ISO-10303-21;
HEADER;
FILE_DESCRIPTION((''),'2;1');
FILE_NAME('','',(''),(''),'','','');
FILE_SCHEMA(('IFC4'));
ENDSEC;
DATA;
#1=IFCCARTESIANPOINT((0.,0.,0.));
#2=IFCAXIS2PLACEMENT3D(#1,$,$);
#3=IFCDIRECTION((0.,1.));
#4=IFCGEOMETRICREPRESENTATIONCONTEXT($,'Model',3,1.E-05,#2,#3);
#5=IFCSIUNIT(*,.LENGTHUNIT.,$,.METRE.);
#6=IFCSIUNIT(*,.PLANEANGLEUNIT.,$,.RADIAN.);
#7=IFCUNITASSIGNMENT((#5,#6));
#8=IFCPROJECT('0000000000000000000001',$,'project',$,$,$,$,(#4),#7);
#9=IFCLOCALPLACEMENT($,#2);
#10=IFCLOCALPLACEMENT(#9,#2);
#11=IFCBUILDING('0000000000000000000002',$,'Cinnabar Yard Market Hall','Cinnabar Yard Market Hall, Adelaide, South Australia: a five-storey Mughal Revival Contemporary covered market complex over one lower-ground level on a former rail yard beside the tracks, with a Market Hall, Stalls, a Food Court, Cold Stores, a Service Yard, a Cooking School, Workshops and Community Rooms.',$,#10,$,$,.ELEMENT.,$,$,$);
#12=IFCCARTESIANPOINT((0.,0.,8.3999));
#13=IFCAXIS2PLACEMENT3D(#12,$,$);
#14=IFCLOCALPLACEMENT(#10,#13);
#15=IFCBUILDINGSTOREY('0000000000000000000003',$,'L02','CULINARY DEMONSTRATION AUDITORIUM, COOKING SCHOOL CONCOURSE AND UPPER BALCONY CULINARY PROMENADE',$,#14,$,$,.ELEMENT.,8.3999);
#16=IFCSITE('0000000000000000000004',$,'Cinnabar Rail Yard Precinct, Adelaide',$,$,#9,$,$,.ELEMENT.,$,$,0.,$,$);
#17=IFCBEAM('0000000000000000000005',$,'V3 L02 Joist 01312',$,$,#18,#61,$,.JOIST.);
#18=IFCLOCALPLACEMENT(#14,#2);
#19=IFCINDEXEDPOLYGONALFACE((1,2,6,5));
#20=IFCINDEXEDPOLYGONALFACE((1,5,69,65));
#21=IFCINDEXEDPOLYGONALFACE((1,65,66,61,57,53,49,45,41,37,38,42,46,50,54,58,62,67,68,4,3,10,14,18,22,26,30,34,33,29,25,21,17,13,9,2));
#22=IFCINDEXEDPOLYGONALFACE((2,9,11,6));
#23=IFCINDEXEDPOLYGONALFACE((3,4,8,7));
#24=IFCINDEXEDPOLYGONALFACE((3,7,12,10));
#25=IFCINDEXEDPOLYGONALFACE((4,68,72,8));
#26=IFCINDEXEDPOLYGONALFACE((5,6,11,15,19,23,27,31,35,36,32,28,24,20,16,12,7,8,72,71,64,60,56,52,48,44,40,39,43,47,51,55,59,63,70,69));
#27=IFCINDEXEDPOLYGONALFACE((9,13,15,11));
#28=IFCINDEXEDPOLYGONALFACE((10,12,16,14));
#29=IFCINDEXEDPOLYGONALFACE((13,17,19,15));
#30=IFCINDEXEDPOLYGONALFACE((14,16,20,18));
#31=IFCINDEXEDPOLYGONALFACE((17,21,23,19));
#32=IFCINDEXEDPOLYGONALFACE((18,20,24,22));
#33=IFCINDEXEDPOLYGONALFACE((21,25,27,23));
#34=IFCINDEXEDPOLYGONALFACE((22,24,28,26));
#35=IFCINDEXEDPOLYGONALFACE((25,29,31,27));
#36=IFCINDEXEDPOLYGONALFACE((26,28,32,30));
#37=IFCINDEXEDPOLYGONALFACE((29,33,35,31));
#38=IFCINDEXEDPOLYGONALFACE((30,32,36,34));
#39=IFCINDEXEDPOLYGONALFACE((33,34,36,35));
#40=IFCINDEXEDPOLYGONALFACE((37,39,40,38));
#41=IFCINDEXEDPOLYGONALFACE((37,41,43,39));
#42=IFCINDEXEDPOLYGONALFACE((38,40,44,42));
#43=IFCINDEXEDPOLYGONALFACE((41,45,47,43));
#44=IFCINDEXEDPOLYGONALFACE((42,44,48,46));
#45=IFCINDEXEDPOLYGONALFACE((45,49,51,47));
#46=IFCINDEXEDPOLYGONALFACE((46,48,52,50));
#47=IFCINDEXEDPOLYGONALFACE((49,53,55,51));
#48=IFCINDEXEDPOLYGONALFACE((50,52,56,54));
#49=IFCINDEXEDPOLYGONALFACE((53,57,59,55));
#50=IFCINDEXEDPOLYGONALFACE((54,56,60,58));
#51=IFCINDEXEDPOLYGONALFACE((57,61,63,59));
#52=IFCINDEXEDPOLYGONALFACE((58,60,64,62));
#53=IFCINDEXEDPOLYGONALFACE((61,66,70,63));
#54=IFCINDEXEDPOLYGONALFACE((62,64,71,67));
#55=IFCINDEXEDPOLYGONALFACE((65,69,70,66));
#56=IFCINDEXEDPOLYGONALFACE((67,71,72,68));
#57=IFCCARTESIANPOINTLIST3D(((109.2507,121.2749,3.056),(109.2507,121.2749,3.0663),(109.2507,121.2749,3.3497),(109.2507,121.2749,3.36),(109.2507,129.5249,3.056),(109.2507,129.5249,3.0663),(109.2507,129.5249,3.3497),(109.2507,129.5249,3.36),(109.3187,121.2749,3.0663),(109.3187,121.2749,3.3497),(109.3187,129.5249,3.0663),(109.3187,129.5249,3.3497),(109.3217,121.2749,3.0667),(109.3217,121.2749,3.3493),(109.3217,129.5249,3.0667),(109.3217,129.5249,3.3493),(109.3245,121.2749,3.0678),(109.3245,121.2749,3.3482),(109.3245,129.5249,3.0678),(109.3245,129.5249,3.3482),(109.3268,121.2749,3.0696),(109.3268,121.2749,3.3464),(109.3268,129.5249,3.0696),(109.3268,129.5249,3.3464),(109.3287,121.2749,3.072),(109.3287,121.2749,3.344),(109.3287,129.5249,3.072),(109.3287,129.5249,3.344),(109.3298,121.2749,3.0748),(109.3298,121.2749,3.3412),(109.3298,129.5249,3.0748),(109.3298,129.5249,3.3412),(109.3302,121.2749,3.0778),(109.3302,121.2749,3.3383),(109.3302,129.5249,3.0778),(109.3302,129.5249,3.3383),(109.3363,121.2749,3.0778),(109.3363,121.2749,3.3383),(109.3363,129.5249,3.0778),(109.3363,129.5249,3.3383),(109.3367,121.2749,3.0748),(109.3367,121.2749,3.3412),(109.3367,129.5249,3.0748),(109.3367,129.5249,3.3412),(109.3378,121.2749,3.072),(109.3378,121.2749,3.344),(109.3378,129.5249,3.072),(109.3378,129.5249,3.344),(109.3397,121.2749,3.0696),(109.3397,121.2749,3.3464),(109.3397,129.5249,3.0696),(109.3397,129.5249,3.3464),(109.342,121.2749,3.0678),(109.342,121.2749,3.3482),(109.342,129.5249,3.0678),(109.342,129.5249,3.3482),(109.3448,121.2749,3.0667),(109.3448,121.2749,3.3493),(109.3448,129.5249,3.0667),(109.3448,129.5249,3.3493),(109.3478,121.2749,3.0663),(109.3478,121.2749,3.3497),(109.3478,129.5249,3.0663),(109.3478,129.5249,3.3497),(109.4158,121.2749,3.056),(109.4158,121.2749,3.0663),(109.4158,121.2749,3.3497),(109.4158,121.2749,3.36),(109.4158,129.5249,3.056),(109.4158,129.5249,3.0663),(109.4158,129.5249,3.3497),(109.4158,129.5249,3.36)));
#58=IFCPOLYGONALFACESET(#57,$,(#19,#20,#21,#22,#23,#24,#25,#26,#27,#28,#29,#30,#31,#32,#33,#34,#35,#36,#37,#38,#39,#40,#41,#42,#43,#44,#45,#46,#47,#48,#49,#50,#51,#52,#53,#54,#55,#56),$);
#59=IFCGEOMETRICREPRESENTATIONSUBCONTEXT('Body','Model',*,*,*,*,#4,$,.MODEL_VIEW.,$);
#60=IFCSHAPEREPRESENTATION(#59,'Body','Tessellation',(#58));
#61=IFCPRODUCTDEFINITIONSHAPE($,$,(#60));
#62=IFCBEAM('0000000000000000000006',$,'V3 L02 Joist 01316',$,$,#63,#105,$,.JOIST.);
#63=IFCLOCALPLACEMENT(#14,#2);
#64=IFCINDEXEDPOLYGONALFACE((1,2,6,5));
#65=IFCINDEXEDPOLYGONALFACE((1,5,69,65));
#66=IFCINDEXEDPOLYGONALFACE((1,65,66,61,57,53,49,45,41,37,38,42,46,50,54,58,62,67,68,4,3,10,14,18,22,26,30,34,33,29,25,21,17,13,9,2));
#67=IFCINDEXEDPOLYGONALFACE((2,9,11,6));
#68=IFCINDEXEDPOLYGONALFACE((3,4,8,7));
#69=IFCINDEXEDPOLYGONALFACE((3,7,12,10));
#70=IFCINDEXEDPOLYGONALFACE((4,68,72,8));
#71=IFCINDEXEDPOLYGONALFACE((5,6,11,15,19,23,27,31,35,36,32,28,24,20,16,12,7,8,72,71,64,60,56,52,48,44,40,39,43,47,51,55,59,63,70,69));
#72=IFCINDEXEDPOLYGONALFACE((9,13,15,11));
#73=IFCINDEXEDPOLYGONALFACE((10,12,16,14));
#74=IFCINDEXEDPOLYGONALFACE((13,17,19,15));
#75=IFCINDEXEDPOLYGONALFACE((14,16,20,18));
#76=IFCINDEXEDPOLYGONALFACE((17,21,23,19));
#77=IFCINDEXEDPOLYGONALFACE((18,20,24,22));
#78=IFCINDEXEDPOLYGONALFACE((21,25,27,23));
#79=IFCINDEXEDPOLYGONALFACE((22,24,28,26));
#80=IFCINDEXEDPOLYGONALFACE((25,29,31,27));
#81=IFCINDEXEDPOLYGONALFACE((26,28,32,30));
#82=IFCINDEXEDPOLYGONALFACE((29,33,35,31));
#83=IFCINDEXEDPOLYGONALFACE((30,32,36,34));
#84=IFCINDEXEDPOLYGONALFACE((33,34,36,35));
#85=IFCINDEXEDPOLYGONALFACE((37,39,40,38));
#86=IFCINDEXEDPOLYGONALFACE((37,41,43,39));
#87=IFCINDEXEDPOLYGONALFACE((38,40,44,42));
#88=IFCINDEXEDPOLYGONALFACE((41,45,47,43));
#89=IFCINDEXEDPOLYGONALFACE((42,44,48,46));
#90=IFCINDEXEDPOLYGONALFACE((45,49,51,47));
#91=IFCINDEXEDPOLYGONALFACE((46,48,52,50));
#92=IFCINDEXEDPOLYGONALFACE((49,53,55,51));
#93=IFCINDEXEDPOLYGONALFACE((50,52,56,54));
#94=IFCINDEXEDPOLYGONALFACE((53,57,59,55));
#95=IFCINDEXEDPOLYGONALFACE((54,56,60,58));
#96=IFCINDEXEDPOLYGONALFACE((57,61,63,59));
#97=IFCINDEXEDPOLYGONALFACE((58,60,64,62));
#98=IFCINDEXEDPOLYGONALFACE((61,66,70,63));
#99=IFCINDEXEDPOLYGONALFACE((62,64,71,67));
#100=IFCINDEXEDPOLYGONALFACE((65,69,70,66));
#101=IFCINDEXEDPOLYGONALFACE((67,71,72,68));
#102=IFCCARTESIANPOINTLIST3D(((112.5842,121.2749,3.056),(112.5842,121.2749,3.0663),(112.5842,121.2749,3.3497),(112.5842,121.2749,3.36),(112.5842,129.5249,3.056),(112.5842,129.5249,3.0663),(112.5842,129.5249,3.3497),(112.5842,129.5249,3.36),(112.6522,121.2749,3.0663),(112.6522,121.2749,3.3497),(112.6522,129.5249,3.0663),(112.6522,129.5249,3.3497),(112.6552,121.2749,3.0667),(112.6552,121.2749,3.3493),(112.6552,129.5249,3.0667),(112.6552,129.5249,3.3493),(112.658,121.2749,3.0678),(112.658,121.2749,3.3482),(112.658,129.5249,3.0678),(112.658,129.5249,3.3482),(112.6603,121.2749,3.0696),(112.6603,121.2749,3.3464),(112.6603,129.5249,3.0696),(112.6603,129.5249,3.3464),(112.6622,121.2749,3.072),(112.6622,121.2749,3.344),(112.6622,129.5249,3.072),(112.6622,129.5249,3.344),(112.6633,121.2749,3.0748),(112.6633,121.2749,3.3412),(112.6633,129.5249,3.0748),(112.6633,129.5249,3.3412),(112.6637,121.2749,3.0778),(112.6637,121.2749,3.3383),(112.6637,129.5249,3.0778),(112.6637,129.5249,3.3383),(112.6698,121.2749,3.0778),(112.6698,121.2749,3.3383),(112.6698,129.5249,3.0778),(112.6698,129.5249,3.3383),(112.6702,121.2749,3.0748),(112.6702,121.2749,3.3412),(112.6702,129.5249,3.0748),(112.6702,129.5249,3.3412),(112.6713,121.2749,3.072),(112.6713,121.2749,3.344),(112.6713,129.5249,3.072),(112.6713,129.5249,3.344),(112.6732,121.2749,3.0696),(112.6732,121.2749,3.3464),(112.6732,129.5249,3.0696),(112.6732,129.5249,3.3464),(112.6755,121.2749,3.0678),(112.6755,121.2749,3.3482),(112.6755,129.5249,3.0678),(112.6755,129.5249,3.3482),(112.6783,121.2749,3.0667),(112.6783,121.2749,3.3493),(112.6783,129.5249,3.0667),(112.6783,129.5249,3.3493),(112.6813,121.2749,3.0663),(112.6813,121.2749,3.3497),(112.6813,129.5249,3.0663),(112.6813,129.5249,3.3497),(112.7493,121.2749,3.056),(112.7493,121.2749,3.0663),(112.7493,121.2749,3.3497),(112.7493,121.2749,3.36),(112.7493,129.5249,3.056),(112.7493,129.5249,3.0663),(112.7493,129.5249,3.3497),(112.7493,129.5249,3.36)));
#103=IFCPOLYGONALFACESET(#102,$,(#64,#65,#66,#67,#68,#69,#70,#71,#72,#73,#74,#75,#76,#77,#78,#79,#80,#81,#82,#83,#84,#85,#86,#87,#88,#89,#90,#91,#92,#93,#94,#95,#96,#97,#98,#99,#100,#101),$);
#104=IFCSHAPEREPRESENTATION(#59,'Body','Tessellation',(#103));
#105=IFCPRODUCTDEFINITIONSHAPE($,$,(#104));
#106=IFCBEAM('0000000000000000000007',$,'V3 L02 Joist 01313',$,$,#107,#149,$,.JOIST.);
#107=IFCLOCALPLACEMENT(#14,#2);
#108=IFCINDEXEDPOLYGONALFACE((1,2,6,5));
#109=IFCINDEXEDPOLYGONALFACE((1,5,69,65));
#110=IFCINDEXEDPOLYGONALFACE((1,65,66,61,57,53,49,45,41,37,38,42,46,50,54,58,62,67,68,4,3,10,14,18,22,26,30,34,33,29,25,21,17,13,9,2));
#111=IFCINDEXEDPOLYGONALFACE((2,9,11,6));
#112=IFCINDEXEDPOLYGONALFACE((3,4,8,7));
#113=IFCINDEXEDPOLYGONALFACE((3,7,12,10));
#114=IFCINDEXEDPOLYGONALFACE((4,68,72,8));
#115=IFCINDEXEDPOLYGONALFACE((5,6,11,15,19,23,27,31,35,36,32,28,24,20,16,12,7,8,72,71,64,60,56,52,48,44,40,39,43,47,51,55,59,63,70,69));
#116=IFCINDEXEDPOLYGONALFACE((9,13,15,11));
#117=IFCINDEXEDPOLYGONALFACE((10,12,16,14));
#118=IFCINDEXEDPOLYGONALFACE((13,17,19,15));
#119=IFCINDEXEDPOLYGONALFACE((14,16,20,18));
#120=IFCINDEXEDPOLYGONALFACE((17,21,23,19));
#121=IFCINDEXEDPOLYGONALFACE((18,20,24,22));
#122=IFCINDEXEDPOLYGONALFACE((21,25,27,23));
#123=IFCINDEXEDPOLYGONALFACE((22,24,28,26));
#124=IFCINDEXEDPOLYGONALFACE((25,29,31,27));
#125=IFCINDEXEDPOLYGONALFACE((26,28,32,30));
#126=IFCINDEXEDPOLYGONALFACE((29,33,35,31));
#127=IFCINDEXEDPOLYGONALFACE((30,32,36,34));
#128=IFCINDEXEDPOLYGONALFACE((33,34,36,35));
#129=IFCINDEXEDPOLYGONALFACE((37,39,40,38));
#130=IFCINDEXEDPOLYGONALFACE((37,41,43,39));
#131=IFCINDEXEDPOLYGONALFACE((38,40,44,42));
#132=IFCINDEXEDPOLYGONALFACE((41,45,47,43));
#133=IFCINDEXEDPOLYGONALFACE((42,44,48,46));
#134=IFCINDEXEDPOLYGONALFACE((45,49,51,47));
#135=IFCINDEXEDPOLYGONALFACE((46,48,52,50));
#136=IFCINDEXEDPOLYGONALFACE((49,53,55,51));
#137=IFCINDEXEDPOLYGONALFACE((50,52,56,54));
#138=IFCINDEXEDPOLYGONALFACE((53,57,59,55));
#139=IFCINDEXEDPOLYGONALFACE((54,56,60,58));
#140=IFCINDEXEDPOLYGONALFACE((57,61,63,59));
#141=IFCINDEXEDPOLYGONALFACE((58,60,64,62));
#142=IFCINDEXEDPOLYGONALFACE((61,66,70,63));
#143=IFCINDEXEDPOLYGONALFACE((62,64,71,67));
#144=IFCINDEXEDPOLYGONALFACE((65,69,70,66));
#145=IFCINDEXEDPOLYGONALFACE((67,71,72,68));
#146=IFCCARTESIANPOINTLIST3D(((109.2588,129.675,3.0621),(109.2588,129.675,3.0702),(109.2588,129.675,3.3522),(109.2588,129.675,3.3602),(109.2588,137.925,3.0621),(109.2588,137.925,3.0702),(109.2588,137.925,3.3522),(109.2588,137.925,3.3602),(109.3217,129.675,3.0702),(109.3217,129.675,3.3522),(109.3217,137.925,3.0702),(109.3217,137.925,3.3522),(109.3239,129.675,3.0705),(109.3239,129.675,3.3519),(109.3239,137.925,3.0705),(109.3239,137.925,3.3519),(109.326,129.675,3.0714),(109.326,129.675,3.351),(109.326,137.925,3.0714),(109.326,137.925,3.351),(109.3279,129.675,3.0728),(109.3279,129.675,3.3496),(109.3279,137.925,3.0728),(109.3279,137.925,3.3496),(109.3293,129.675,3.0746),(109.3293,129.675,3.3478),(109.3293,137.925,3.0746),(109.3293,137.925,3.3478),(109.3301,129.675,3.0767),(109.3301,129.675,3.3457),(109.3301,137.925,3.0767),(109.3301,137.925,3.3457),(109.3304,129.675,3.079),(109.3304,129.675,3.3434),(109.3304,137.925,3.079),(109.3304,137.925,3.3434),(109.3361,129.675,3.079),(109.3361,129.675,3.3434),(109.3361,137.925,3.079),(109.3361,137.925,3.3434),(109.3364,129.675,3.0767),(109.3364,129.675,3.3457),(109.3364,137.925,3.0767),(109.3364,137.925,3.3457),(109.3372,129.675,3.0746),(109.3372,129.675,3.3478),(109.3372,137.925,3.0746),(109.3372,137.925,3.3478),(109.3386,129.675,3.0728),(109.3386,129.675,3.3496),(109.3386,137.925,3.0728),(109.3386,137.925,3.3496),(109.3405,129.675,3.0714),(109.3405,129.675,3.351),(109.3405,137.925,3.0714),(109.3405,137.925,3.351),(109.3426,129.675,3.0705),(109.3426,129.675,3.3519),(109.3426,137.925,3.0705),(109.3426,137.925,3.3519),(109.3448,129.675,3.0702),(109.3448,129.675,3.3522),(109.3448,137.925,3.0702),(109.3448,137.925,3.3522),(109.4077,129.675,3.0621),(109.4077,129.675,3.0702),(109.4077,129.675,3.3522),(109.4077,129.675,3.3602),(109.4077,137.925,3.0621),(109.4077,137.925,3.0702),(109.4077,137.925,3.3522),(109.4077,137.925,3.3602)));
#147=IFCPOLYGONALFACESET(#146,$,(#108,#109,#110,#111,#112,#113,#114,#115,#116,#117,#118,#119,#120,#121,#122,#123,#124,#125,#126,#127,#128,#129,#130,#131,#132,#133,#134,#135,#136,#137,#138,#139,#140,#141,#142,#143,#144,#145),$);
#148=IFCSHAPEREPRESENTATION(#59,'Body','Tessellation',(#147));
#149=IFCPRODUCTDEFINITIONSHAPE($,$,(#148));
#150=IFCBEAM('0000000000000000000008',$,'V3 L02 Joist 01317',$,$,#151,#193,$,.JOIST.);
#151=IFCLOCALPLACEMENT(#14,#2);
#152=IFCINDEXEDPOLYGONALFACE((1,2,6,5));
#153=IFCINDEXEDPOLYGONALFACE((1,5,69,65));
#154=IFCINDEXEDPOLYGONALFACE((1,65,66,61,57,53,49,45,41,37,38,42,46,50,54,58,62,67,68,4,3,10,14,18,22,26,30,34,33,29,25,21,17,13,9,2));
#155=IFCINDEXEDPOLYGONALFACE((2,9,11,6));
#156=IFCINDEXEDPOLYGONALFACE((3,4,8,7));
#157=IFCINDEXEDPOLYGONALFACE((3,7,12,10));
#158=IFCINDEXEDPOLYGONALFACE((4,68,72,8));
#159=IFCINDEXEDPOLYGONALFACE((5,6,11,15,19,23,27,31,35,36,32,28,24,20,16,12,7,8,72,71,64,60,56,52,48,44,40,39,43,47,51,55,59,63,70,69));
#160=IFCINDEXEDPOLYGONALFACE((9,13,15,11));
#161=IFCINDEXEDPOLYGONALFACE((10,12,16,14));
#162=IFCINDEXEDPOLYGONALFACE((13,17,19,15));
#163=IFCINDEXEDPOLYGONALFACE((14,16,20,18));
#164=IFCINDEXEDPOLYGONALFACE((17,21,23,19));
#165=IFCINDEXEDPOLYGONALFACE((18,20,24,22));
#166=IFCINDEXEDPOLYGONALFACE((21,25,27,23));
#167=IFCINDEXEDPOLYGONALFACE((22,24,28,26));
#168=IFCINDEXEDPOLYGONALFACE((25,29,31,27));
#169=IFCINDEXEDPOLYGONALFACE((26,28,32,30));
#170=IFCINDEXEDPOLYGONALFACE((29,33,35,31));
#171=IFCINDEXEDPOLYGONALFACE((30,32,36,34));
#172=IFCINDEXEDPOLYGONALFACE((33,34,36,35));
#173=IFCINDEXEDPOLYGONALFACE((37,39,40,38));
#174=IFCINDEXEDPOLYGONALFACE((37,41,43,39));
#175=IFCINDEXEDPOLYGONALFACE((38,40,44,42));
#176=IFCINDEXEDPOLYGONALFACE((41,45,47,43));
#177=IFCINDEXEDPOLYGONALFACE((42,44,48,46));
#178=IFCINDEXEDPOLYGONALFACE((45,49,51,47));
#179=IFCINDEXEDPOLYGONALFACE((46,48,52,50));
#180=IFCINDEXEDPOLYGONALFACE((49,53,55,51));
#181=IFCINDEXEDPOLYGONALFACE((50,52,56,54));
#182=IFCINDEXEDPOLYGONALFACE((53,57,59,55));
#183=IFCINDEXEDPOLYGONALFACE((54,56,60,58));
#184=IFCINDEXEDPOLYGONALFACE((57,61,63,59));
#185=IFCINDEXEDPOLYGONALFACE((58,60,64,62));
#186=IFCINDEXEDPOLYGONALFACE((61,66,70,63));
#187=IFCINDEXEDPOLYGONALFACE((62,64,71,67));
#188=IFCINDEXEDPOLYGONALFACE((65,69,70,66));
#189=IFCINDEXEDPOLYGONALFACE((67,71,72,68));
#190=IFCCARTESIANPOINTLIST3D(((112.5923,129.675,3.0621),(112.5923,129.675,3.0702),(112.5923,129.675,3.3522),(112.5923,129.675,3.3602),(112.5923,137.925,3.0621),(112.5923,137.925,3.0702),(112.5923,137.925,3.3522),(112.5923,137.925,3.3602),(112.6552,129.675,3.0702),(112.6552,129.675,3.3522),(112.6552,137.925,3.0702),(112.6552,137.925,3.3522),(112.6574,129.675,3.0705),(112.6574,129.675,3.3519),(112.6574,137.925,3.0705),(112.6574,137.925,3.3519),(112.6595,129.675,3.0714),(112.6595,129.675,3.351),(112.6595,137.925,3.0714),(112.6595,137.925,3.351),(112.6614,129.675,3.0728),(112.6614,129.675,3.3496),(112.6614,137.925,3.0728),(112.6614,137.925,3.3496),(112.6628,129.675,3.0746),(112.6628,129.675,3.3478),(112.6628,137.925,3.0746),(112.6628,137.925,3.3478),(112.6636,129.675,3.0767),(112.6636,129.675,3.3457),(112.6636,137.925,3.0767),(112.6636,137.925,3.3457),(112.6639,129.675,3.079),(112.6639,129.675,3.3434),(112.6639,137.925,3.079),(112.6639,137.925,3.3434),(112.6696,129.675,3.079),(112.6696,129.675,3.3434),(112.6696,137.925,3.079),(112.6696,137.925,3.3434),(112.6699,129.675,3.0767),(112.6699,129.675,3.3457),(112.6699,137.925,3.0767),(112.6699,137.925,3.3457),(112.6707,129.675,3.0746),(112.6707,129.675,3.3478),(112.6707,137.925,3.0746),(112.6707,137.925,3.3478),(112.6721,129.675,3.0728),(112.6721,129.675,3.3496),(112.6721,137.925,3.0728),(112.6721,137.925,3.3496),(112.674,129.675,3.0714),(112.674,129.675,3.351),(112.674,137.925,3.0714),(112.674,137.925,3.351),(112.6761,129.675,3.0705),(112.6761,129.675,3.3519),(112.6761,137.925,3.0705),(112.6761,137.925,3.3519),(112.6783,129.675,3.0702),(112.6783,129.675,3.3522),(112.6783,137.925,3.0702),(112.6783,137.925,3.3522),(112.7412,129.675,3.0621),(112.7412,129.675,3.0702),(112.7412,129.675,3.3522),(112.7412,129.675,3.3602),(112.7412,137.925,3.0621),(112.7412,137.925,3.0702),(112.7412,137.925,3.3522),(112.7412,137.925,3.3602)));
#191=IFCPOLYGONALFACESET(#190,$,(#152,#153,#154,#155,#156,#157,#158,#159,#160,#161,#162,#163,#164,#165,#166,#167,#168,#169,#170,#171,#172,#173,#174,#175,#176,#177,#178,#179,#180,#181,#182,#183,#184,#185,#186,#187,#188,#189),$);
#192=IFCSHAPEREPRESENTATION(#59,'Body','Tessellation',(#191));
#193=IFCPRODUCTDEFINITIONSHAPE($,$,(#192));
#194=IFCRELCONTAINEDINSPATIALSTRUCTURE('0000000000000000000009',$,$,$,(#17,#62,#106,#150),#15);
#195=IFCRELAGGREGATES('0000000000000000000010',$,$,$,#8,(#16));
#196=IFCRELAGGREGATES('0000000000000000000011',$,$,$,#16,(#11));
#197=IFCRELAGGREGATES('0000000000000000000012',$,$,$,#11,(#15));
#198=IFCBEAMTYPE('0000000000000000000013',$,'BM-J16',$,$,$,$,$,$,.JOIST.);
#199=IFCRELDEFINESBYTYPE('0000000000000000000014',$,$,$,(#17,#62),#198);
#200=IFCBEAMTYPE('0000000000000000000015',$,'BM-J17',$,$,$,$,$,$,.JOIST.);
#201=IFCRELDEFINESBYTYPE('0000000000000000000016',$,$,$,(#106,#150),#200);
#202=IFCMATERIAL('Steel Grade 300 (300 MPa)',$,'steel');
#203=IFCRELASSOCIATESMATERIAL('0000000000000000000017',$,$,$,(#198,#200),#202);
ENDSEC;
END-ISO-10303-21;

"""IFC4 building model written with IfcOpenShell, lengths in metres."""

from ifc_helpers import new_model, si_unit, direction, frame, origin, origin_2d_with_axis, place, context, subcontext, project, spatial, i_section, extrude, material, material_profile, profile_set, type_object, element, save


model = new_model("IFC4")

# Units and contexts
model_context = context("Model", 3, precision=1e-05, world=origin(), true_north=direction((0.0, 1.0)))
body_context = subcontext(model_context, "Body", "Model", "MODEL_VIEW")
ifc_project = project(units=[si_unit("LENGTHUNIT", "METRE"), si_unit("PLANEANGLEUNIT", "RADIAN")], contexts=[model_context])

# Site, building, storey
site_placement = place(None, origin())
site = spatial("IfcSite", under=ifc_project, at=site_placement, Name="Cinnabar Rail Yard Precinct, Adelaide", CompositionType="ELEMENT", RefElevation=0.0)
building_placement = place(site_placement, origin())
building = spatial("IfcBuilding", under=site, at=building_placement, Name="Cinnabar Yard Market Hall", Description="Cinnabar Yard Market Hall, Adelaide, South Australia: a five-storey Mughal Revival Contemporary covered market complex over one lower-ground level on a former rail yard beside the tracks, with a Market Hall, Stalls, a Food Court, Cold Stores, a Service Yard, a Cooking School, Workshops and Community Rooms.", CompositionType="ELEMENT")
storey_placement = place(building_placement, frame((0.0, 0.0, 8.3999)))
storey = spatial("IfcBuildingStorey", under=building, at=storey_placement, Name="L02", Description="CULINARY DEMONSTRATION AUDITORIUM, COOKING SCHOOL CONCOURSE AND UPPER BALCONY CULINARY PROMENADE", CompositionType="ELEMENT", Elevation=8.3999)

# Shared definitions
ifc_material_1 = material(Name="Steel Grade 300 (300 MPa)", Category="steel")

# Beams
ifc_material_profile_1 = material_profile(ifc_material_1, i_section(OverallWidth=0.165, OverallDepth=0.304, WebThickness=0.0061, FlangeThickness=0.0103, FilletRadius=0.0115, at=origin_2d_with_axis()), Name="310UB40.4")
ifc_profile_set_1 = profile_set([ifc_material_profile_1], Name="Steel Grade 300 (300 MPa)")
beam_type_1 = type_object("IfcBeamType", Name="BM-J16", PredefinedType="JOIST", material=ifc_profile_set_1)
for number, where, z_axis, x_axis, name in (
    (1, (109.3333, 121.2749, 3.208), (0.0, 1.0, 0.0), (-1.0, 0.0, 0.0), "V3 L02 Joist 01312"),
    (2, (112.6667, 121.2749, 3.208), (0.0, 1.0, 0.0), (-1.0, 0.0, 0.0), "V3 L02 Joist 01316"),
):
    element("IfcBeam", number, at=place(storey_placement, frame(where, z_axis=z_axis, x_axis=x_axis)), inside=storey, type_object=beam_type_1, Name=name, PredefinedType="JOIST", context=body_context, shape_type="SweptSolid", body=[
        extrude(i_section(OverallWidth=0.165, OverallDepth=0.304, WebThickness=0.0061, FlangeThickness=0.0103, FilletRadius=0.0115, at=origin_2d_with_axis()), origin(), (0.0, 0.0, 1.0), 8.25),
    ])
ifc_material_profile_2 = material_profile(ifc_material_1, i_section(OverallWidth=0.1489, OverallDepth=0.2981, WebThickness=0.0056, FlangeThickness=0.0081, FilletRadius=0.0088, at=origin_2d_with_axis()), Name="310UB32.0")
ifc_profile_set_2 = profile_set([ifc_material_profile_2], Name="Steel Grade 300 (300 MPa)")
beam_type_2 = type_object("IfcBeamType", Name="BM-J17", PredefinedType="JOIST", material=ifc_profile_set_2)
for number, where, z_axis, x_axis, name in (
    (3, (109.3333, 129.675, 3.2112), (0.0, 1.0, 0.0), (-1.0, 0.0, 0.0), "V3 L02 Joist 01313"),
    (4, (112.6667, 129.675, 3.2112), (0.0, 1.0, 0.0), (-1.0, 0.0, 0.0), "V3 L02 Joist 01317"),
):
    element("IfcBeam", number, at=place(storey_placement, frame(where, z_axis=z_axis, x_axis=x_axis)), inside=storey, type_object=beam_type_2, Name=name, PredefinedType="JOIST", context=body_context, shape_type="SweptSolid", body=[
        extrude(i_section(OverallWidth=0.1489, OverallDepth=0.2981, WebThickness=0.0056, FlangeThickness=0.0081, FilletRadius=0.0088, at=origin_2d_with_axis()), origin(), (0.0, 0.0, 1.0), 8.25),
    ])

save(model, "model.ifc")
